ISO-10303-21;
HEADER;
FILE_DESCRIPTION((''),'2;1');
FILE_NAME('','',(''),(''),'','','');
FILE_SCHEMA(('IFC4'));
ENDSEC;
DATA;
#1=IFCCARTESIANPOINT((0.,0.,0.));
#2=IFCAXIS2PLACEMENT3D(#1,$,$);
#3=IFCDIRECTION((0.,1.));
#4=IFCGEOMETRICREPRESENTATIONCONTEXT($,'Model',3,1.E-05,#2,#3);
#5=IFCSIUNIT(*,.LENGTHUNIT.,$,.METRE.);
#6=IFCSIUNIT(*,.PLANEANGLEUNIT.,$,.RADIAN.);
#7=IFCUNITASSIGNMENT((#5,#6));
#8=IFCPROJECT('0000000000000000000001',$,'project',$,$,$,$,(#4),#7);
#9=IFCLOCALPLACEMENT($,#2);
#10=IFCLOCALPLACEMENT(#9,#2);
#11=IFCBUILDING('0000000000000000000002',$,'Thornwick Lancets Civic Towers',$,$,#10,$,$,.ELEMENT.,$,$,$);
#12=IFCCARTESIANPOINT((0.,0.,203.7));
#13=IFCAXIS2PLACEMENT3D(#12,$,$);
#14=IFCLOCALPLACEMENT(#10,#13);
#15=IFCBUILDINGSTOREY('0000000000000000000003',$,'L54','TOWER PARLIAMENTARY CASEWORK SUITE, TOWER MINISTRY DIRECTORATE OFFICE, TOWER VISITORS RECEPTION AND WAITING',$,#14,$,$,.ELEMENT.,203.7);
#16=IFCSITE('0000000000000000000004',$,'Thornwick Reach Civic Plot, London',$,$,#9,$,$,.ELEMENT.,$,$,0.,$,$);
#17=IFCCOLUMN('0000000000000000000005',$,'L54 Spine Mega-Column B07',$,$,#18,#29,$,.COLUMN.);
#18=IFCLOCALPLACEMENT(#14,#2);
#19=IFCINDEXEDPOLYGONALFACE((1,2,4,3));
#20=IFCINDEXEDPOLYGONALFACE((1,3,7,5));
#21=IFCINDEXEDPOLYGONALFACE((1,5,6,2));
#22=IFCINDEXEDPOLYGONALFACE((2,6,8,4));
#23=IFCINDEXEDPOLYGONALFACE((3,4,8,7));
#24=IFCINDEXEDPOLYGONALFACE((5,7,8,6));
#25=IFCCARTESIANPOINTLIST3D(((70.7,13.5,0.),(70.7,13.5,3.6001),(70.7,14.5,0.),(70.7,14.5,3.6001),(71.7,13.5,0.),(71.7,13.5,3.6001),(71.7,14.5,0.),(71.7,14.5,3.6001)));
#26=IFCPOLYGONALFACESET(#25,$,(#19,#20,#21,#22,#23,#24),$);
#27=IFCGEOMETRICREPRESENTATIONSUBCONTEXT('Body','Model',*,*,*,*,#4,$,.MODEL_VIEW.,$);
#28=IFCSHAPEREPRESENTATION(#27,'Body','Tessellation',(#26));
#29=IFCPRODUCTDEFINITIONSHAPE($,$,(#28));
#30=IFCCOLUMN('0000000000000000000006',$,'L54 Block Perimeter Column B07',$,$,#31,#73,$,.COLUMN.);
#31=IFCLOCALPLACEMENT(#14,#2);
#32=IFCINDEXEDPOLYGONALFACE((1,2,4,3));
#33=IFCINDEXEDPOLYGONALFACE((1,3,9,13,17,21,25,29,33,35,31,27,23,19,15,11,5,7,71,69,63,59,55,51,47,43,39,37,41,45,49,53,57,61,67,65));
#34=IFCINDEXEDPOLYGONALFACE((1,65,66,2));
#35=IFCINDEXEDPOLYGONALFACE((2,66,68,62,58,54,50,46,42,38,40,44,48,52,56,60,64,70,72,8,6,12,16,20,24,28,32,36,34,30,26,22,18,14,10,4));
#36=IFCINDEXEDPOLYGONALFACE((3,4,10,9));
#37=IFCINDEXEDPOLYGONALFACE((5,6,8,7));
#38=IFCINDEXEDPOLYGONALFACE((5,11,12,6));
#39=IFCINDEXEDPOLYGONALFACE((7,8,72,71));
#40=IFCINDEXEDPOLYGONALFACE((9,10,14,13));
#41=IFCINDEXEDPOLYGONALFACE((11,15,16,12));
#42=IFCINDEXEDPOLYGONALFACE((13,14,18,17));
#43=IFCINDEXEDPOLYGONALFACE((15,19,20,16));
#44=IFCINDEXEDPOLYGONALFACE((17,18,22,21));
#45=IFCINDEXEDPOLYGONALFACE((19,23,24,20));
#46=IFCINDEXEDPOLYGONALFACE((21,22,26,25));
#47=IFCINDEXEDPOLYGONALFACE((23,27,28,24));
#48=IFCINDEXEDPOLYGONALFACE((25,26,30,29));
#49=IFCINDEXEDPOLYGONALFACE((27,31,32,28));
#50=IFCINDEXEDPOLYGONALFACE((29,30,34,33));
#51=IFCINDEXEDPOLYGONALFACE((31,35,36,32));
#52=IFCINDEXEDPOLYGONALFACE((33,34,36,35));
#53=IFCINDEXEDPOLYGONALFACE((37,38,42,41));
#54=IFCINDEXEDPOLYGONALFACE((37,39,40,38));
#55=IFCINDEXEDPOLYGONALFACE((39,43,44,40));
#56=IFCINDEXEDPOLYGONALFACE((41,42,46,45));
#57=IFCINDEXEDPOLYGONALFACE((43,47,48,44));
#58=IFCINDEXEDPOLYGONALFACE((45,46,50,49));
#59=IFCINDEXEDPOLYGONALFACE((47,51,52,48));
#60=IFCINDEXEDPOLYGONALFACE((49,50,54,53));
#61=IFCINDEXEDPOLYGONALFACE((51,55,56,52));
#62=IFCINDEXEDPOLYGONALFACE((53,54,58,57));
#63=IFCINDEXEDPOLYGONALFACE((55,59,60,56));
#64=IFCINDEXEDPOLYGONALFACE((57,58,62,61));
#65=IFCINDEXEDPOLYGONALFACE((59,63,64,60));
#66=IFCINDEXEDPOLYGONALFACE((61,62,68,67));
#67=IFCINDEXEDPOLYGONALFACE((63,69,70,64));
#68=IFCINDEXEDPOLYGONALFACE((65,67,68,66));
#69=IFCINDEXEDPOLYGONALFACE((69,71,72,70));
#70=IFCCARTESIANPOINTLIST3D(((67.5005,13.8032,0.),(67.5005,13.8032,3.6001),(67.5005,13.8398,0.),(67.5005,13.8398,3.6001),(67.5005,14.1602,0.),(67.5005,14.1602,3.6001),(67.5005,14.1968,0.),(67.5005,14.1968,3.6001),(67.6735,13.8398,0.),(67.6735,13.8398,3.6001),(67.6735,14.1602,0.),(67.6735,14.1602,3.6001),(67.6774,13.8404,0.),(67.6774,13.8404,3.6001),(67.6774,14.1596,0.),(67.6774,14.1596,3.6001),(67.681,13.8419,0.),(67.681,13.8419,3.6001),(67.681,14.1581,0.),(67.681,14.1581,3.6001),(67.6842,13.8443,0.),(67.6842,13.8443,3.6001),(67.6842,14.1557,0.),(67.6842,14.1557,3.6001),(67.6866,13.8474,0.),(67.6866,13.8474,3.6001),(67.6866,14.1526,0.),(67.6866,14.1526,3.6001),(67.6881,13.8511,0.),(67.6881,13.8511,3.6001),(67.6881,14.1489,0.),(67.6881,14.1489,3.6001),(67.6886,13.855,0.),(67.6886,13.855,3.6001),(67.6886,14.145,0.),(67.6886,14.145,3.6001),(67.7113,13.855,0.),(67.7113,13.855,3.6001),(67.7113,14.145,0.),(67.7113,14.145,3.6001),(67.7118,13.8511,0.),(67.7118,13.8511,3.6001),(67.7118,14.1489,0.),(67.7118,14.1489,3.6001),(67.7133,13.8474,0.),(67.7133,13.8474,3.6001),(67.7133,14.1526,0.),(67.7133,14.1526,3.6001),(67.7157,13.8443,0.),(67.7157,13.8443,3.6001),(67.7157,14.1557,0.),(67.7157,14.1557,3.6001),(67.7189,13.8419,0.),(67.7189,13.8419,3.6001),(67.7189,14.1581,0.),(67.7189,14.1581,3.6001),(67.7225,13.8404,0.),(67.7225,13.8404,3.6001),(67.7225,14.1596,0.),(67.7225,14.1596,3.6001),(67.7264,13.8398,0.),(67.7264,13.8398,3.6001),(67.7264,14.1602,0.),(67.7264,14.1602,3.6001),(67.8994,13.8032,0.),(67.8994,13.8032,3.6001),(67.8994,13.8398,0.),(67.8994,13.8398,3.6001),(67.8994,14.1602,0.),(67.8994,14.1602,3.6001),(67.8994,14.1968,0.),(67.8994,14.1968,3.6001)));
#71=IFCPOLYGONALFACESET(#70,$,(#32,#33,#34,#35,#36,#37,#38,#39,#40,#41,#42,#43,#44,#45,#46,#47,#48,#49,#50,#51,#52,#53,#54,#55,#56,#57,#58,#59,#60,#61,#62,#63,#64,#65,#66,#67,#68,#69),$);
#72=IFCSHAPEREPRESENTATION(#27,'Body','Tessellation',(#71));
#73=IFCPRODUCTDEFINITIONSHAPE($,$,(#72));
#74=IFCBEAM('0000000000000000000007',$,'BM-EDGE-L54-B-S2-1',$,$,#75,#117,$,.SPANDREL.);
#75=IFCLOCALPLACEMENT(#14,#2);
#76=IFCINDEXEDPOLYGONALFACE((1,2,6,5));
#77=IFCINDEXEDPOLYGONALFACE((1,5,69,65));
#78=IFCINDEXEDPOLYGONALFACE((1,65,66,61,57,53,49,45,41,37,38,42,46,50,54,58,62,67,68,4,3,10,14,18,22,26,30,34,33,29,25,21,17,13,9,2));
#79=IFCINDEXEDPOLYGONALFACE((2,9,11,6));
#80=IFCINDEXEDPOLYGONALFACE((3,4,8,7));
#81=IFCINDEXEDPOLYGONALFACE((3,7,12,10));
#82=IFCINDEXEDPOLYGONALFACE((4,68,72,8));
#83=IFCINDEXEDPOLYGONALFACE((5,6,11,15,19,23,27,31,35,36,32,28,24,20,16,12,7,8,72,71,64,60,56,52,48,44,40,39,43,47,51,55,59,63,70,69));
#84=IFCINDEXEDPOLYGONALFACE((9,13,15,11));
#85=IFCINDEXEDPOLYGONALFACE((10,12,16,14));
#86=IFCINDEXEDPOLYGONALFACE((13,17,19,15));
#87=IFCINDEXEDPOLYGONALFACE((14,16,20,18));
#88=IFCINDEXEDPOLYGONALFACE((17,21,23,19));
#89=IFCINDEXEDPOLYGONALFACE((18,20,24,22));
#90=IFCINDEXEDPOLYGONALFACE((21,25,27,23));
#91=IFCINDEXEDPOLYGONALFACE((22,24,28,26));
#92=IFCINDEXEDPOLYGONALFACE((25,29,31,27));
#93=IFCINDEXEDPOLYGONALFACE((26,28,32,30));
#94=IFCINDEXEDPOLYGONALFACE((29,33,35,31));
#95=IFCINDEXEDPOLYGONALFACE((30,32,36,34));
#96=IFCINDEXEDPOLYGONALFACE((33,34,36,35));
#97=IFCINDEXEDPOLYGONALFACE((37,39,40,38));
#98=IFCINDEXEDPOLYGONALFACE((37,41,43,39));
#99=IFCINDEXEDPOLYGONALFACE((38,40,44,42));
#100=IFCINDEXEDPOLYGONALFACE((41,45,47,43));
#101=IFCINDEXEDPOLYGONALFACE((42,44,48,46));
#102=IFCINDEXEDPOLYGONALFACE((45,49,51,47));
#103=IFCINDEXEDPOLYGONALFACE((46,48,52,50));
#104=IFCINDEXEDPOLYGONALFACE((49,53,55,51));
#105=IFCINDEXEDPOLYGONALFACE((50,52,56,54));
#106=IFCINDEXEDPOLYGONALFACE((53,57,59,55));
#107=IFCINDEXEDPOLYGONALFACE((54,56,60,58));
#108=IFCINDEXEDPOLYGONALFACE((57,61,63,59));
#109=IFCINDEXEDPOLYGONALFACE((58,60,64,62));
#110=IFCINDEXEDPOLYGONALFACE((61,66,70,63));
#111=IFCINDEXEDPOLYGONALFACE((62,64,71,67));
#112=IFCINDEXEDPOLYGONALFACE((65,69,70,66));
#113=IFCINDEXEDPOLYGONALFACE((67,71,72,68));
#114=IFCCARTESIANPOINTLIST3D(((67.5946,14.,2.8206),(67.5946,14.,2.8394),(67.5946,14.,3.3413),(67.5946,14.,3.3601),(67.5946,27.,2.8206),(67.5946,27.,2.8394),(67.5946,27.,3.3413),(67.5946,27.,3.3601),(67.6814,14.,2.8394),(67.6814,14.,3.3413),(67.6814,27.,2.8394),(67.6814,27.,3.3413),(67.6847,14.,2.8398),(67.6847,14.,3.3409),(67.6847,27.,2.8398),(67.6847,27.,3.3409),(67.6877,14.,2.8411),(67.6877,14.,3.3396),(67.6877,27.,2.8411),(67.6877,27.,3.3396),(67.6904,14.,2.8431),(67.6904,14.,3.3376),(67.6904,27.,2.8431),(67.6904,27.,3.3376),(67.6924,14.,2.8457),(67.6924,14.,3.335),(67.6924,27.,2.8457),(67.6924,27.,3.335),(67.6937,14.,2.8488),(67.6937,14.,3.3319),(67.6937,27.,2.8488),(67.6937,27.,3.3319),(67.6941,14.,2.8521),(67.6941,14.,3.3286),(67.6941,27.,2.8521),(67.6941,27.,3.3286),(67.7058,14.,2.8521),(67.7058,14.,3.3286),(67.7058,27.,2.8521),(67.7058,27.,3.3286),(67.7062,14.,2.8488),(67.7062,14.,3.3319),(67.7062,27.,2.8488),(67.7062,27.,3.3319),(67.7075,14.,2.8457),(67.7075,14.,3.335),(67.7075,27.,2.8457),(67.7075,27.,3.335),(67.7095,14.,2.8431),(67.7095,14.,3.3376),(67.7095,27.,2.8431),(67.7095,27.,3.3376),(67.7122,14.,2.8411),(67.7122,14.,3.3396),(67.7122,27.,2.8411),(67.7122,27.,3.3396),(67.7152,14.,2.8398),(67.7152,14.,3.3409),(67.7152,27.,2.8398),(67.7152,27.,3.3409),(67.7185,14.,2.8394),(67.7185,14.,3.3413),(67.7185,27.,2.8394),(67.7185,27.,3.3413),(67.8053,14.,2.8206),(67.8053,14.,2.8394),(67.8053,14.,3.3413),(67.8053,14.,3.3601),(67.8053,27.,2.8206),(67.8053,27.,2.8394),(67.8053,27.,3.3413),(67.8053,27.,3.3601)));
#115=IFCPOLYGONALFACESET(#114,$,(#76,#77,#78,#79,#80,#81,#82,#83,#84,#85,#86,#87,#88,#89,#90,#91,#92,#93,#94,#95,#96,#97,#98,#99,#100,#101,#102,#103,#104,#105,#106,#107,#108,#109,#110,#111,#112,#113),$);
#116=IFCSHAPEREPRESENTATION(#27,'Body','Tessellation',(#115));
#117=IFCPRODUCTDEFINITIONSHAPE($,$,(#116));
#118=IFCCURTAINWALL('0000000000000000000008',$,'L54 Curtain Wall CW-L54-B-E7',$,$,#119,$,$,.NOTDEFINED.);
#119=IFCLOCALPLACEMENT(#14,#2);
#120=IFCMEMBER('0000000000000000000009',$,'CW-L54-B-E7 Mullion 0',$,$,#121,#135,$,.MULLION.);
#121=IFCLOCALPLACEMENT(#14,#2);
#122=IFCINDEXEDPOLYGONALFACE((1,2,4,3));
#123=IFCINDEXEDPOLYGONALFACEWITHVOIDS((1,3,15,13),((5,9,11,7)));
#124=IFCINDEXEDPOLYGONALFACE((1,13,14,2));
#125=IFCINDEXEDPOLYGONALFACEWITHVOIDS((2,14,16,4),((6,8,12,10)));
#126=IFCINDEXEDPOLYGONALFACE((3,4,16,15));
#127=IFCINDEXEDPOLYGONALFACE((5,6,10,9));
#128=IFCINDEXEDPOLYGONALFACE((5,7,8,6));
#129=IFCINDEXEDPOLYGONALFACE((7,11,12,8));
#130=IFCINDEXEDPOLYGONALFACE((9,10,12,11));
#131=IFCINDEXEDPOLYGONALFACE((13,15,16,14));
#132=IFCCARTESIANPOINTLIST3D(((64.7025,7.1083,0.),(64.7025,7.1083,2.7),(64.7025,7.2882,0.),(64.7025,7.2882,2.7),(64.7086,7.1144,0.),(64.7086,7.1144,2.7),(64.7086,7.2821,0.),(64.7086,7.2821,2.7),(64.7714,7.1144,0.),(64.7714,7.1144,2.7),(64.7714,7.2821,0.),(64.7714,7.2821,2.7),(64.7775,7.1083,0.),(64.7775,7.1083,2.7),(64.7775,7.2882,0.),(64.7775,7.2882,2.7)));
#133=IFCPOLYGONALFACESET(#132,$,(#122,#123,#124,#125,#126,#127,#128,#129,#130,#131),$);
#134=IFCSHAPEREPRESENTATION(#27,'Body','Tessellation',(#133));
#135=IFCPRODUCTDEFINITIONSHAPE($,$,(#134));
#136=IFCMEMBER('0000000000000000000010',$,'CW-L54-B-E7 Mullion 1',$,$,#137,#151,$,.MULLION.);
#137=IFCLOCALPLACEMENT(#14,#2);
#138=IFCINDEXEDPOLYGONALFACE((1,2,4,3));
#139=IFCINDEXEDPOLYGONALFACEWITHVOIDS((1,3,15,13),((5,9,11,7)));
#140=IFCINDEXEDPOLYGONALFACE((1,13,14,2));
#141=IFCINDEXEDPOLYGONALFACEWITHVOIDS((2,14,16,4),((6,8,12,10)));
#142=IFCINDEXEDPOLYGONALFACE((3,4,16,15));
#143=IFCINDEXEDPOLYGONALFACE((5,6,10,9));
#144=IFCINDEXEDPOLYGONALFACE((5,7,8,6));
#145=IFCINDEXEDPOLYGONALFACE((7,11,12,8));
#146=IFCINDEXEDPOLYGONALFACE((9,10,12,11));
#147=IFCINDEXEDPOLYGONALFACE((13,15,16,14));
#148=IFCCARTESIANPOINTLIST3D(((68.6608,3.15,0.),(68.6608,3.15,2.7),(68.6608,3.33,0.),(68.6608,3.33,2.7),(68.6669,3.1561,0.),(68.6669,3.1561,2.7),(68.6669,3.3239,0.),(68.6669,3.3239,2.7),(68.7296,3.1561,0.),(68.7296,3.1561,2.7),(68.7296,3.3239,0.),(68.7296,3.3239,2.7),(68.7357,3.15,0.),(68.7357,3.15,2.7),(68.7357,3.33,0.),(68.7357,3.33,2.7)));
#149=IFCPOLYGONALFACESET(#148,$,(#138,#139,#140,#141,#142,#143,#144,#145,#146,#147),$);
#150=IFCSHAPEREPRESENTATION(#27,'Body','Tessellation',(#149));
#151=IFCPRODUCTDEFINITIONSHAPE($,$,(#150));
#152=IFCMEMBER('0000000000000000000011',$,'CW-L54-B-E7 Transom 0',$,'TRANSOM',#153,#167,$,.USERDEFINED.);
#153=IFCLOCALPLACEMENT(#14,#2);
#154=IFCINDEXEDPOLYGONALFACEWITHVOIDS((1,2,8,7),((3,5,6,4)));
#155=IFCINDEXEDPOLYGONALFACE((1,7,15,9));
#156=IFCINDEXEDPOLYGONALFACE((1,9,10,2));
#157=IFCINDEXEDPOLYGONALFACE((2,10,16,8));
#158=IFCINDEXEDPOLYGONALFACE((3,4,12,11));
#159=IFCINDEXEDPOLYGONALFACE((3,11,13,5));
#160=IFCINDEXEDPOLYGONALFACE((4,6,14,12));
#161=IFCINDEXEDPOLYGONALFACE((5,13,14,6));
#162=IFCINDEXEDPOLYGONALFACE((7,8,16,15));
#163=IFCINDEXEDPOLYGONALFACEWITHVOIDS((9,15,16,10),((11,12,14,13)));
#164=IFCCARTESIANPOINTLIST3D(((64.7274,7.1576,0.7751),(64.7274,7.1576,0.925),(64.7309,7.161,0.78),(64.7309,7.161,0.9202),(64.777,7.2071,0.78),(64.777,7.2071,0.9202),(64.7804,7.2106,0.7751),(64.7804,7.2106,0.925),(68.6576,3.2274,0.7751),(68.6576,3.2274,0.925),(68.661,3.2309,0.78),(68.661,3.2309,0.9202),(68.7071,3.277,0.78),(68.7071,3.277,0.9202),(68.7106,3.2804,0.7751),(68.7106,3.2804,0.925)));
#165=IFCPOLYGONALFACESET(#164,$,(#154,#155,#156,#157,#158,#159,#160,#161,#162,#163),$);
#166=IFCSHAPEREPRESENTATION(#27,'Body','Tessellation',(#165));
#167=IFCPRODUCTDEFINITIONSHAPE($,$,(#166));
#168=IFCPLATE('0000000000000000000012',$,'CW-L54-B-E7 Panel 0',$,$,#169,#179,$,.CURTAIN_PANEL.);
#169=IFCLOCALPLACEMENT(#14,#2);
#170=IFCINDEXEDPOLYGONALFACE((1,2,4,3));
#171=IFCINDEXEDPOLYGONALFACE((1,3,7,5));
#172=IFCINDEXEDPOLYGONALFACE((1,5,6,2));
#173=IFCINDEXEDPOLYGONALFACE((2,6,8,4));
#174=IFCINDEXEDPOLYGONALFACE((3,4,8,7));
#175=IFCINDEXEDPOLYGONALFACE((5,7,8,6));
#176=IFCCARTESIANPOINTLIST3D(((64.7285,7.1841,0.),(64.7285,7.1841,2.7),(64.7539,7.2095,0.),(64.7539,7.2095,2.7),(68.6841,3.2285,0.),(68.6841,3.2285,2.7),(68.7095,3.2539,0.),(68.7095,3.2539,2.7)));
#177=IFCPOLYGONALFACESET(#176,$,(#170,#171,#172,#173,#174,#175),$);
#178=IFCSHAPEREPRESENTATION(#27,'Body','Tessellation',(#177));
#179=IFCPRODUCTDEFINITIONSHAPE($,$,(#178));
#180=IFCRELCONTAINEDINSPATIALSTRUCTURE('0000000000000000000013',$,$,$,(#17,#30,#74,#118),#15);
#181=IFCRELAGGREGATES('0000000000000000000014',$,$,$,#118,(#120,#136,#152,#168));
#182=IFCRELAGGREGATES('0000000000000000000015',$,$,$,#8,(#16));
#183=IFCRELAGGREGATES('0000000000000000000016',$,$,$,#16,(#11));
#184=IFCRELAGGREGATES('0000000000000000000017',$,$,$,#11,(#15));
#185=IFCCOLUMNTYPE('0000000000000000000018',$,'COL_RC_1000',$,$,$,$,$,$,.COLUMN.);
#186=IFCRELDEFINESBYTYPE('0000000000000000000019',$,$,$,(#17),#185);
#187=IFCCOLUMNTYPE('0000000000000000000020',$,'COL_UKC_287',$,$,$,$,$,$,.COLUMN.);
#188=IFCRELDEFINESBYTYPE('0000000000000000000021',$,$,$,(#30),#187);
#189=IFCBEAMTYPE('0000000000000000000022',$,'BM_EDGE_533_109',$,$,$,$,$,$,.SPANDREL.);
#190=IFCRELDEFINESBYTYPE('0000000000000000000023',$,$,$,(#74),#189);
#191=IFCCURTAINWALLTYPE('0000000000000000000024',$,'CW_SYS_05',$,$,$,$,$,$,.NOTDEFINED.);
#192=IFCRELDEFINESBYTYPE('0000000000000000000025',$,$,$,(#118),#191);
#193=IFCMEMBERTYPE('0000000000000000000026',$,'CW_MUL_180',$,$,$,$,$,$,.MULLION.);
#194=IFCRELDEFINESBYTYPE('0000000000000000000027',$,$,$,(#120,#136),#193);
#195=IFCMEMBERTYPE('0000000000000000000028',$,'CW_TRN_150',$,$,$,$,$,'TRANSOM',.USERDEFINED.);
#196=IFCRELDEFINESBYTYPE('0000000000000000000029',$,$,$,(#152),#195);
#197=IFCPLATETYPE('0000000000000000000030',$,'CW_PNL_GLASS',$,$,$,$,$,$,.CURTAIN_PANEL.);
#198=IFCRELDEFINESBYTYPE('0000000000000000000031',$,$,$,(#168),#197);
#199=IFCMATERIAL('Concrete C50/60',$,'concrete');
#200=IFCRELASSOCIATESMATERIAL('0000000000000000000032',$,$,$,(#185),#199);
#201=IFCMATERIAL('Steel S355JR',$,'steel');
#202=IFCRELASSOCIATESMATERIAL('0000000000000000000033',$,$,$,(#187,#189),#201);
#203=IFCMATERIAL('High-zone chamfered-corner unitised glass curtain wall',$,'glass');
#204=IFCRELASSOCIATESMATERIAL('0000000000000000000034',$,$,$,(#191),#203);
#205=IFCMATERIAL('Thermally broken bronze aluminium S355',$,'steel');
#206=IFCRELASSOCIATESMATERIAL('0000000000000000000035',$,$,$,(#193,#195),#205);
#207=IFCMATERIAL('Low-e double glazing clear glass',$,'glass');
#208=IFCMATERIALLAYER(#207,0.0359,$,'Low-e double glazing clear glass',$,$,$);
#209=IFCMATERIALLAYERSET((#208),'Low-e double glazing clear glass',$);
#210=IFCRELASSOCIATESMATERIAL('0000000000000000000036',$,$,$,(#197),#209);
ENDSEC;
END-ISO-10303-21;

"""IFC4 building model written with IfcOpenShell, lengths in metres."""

from ifc_helpers import new_model, si_unit, direction, frame, origin, origin_2d, place, context, subcontext, project, spatial, rectangle, hollow_rectangle, i_section, extrude, material, layer, layer_set, material_profile, profile_set, type_object, element, aggregate, save


model = new_model("IFC4")

# Units and contexts
model_context = context("Model", 3, precision=1e-05, world=origin(), true_north=direction((0.0, 1.0)))
body_context = subcontext(model_context, "Body", "Model", "MODEL_VIEW")
ifc_project = project(units=[si_unit("LENGTHUNIT", "METRE"), si_unit("PLANEANGLEUNIT", "RADIAN")], contexts=[model_context])

# Site, building, storey
site_placement = place(None, origin())
site = spatial("IfcSite", under=ifc_project, at=site_placement, Name="Thornwick Reach Civic Plot, London", CompositionType="ELEMENT", RefElevation=0.0)
building_placement = place(site_placement, origin())
building = spatial("IfcBuilding", under=site, at=building_placement, Name="Thornwick Lancets Civic Towers", CompositionType="ELEMENT")
storey_placement = place(building_placement, frame((0.0, 0.0, 203.7)))
storey = spatial("IfcBuildingStorey", under=building, at=storey_placement, Name="L54", Description="TOWER PARLIAMENTARY CASEWORK SUITE, TOWER MINISTRY DIRECTORATE OFFICE, TOWER VISITORS RECEPTION AND WAITING", CompositionType="ELEMENT", Elevation=203.7)

# Columns
ifc_material_1 = material(Name="Concrete C50/60", Category="concrete")
ifc_material_profile_1 = material_profile(ifc_material_1, rectangle(XDim=1.0, YDim=1.0, at=origin_2d()), Name="RC 1000x1000")
ifc_profile_set_1 = profile_set([ifc_material_profile_1], Name="Concrete C50/60")
column_type_1 = type_object("IfcColumnType", Name="COL_RC_1000", PredefinedType="COLUMN", material=ifc_profile_set_1)
column_1_placement = place(storey_placement, frame((71.2, 14.0, 0.0), z_axis=(0.0, 0.0, 1.0), x_axis=(1.0, 0.0, 0.0)))
element("IfcColumn", 1, at=column_1_placement, inside=storey, type_object=column_type_1, Name="L54 Spine Mega-Column B07", PredefinedType="COLUMN", context=body_context, shape_type="SweptSolid", body=[
    extrude(rectangle(XDim=1.0, YDim=1.0, at=origin_2d()), origin(), (0.0, 0.0, 1.0), 3.6001),
])
ifc_material_2 = material(Name="Steel S355JR", Category="steel")
ifc_material_profile_2 = material_profile(ifc_material_2, i_section(OverallWidth=0.3989, OverallDepth=0.3936, WebThickness=0.0227, FlangeThickness=0.0366, FilletRadius=0.0151, at=origin_2d()), Name="UKC 356x406x287")
ifc_profile_set_2 = profile_set([ifc_material_profile_2], Name="Steel S355JR")
column_type_2 = type_object("IfcColumnType", Name="COL_UKC_287", PredefinedType="COLUMN", material=ifc_profile_set_2)
column_2_placement = place(storey_placement, frame((67.7, 14.0, 0.0), z_axis=(0.0, 0.0, 1.0), x_axis=(1.0, 0.0, 0.0)))
element("IfcColumn", 2, at=column_2_placement, inside=storey, type_object=column_type_2, Name="L54 Block Perimeter Column B07", PredefinedType="COLUMN", context=body_context, shape_type="SweptSolid", body=[
    extrude(i_section(OverallWidth=0.3989, OverallDepth=0.3936, WebThickness=0.0227, FlangeThickness=0.0366, FilletRadius=0.0151, at=origin_2d()), origin(), (0.0, 0.0, 1.0), 3.6001),
])

# Beam
ifc_material_profile_3 = material_profile(ifc_material_2, i_section(OverallWidth=0.2107, OverallDepth=0.5396, WebThickness=0.0117, FlangeThickness=0.0188, FilletRadius=0.0127, at=origin_2d()), Name="UKB 533x210x109")
ifc_profile_set_3 = profile_set([ifc_material_profile_3], Name="Steel S355JR")
beam_type = type_object("IfcBeamType", Name="BM_EDGE_533_109", PredefinedType="SPANDREL", material=ifc_profile_set_3)
beam_placement = place(storey_placement, frame((67.7, 14.0, 3.0903), z_axis=(0.0, 1.0, 0.0), x_axis=(-1.0, 0.0, 0.0)))
element("IfcBeam", 3, at=beam_placement, inside=storey, type_object=beam_type, Name="BM-EDGE-L54-B-S2-1", PredefinedType="SPANDREL", context=body_context, shape_type="SweptSolid", body=[
    extrude(i_section(OverallWidth=0.2107, OverallDepth=0.5396, WebThickness=0.0117, FlangeThickness=0.0188, FilletRadius=0.0127, at=origin_2d()), origin(), (0.0, 0.0, 1.0), 13.0),
])

# Curtain wall, members, plate
ifc_material_3 = material(Name="High-zone chamfered-corner unitised glass curtain wall", Category="glass")
curtain_wall_type = type_object("IfcCurtainWallType", Name="CW_SYS_05", PredefinedType="NOTDEFINED", material=ifc_material_3)
curtain_wall_placement = place(storey_placement, origin())
curtain_wall = element("IfcCurtainWall", 4, at=curtain_wall_placement, inside=storey, type_object=curtain_wall_type, Name="L54 Curtain Wall CW-L54-B-E7", PredefinedType="NOTDEFINED")
ifc_material_4 = material(Name="Thermally broken bronze aluminium S355", Category="steel")
ifc_material_profile_4 = material_profile(ifc_material_4, hollow_rectangle(XDim=0.075, YDim=0.1799, WallThickness=0.0061, at=origin_2d()), Name="RHS 180x75x6")
ifc_profile_set_4 = profile_set([ifc_material_profile_4], Name="Thermally broken bronze aluminium S355")
member_type_1 = type_object("IfcMemberType", Name="CW_MUL_180", PredefinedType="MULLION", material=ifc_profile_set_4)
member_1_placement = place(storey_placement, frame((64.74, 7.1982, 0.0), z_axis=(0.0, 0.0, 1.0), x_axis=(1.0, 0.0, 0.0)))
member_1 = element("IfcMember", 5, at=member_1_placement, type_object=member_type_1, Name="CW-L54-B-E7 Mullion 0", PredefinedType="MULLION", context=body_context, shape_type="SweptSolid", body=[
    extrude(hollow_rectangle(XDim=0.075, YDim=0.1799, WallThickness=0.0061, at=origin_2d()), origin(), (0.0, 0.0, 1.0), 2.7),
])
member_2_placement = place(storey_placement, frame((68.6982, 3.24, 0.0), z_axis=(0.0, 0.0, 1.0), x_axis=(1.0, 0.0, 0.0)))
member_2 = element("IfcMember", 6, at=member_2_placement, type_object=member_type_1, Name="CW-L54-B-E7 Mullion 1", PredefinedType="MULLION", context=body_context, shape_type="SweptSolid", body=[
    extrude(hollow_rectangle(XDim=0.075, YDim=0.1799, WallThickness=0.0061, at=origin_2d()), origin(), (0.0, 0.0, 1.0), 2.7),
])
ifc_material_profile_5 = material_profile(ifc_material_4, hollow_rectangle(XDim=0.075, YDim=0.1499, WallThickness=0.0049, at=origin_2d()), Name="RHS 150x75x5")
ifc_profile_set_5 = profile_set([ifc_material_profile_5], Name="Thermally broken bronze aluminium S355")
member_type_2 = type_object("IfcMemberType", Name="CW_TRN_150", ElementType="TRANSOM", PredefinedType="USERDEFINED", material=ifc_profile_set_5)
member_3_placement = place(storey_placement, frame((64.7539, 7.1841, 0.8501), z_axis=(0.707107, -0.707107, 0.0), x_axis=(0.707107, 0.707107, 0.0)))
member_3 = element("IfcMember", 7, at=member_3_placement, type_object=member_type_2, Name="CW-L54-B-E7 Transom 0", ObjectType="TRANSOM", PredefinedType="USERDEFINED", context=body_context, shape_type="SweptSolid", body=[
    extrude(hollow_rectangle(XDim=0.075, YDim=0.1499, WallThickness=0.0049, at=origin_2d()), origin(), (0.0, 0.0, 1.0), 5.5581),
])
ifc_material_5 = material(Name="Low-e double glazing clear glass", Category="glass")
ifc_layer_1 = layer(ifc_material_5, 0.0359, Name="Low-e double glazing clear glass")
ifc_layer_set_1 = layer_set([ifc_layer_1], Name="Low-e double glazing clear glass")
plate_type = type_object("IfcPlateType", Name="CW_PNL_GLASS", PredefinedType="CURTAIN_PANEL", material=ifc_layer_set_1)
plate_placement = place(storey_placement, frame((66.719, 5.219, 0.0), z_axis=(0.0, 0.0, 1.0), x_axis=(0.707107, -0.707107, 0.0)))
plate = element("IfcPlate", 8, at=plate_placement, type_object=plate_type, Name="CW-L54-B-E7 Panel 0", PredefinedType="CURTAIN_PANEL", context=body_context, shape_type="SweptSolid", body=[
    extrude(rectangle(XDim=5.594, YDim=0.0359, at=origin_2d()), origin(), (0.0, 0.0, 1.0), 2.7),
])
aggregate(curtain_wall, [member_1, member_2, member_3, plate])

save(model, "model.ifc")
